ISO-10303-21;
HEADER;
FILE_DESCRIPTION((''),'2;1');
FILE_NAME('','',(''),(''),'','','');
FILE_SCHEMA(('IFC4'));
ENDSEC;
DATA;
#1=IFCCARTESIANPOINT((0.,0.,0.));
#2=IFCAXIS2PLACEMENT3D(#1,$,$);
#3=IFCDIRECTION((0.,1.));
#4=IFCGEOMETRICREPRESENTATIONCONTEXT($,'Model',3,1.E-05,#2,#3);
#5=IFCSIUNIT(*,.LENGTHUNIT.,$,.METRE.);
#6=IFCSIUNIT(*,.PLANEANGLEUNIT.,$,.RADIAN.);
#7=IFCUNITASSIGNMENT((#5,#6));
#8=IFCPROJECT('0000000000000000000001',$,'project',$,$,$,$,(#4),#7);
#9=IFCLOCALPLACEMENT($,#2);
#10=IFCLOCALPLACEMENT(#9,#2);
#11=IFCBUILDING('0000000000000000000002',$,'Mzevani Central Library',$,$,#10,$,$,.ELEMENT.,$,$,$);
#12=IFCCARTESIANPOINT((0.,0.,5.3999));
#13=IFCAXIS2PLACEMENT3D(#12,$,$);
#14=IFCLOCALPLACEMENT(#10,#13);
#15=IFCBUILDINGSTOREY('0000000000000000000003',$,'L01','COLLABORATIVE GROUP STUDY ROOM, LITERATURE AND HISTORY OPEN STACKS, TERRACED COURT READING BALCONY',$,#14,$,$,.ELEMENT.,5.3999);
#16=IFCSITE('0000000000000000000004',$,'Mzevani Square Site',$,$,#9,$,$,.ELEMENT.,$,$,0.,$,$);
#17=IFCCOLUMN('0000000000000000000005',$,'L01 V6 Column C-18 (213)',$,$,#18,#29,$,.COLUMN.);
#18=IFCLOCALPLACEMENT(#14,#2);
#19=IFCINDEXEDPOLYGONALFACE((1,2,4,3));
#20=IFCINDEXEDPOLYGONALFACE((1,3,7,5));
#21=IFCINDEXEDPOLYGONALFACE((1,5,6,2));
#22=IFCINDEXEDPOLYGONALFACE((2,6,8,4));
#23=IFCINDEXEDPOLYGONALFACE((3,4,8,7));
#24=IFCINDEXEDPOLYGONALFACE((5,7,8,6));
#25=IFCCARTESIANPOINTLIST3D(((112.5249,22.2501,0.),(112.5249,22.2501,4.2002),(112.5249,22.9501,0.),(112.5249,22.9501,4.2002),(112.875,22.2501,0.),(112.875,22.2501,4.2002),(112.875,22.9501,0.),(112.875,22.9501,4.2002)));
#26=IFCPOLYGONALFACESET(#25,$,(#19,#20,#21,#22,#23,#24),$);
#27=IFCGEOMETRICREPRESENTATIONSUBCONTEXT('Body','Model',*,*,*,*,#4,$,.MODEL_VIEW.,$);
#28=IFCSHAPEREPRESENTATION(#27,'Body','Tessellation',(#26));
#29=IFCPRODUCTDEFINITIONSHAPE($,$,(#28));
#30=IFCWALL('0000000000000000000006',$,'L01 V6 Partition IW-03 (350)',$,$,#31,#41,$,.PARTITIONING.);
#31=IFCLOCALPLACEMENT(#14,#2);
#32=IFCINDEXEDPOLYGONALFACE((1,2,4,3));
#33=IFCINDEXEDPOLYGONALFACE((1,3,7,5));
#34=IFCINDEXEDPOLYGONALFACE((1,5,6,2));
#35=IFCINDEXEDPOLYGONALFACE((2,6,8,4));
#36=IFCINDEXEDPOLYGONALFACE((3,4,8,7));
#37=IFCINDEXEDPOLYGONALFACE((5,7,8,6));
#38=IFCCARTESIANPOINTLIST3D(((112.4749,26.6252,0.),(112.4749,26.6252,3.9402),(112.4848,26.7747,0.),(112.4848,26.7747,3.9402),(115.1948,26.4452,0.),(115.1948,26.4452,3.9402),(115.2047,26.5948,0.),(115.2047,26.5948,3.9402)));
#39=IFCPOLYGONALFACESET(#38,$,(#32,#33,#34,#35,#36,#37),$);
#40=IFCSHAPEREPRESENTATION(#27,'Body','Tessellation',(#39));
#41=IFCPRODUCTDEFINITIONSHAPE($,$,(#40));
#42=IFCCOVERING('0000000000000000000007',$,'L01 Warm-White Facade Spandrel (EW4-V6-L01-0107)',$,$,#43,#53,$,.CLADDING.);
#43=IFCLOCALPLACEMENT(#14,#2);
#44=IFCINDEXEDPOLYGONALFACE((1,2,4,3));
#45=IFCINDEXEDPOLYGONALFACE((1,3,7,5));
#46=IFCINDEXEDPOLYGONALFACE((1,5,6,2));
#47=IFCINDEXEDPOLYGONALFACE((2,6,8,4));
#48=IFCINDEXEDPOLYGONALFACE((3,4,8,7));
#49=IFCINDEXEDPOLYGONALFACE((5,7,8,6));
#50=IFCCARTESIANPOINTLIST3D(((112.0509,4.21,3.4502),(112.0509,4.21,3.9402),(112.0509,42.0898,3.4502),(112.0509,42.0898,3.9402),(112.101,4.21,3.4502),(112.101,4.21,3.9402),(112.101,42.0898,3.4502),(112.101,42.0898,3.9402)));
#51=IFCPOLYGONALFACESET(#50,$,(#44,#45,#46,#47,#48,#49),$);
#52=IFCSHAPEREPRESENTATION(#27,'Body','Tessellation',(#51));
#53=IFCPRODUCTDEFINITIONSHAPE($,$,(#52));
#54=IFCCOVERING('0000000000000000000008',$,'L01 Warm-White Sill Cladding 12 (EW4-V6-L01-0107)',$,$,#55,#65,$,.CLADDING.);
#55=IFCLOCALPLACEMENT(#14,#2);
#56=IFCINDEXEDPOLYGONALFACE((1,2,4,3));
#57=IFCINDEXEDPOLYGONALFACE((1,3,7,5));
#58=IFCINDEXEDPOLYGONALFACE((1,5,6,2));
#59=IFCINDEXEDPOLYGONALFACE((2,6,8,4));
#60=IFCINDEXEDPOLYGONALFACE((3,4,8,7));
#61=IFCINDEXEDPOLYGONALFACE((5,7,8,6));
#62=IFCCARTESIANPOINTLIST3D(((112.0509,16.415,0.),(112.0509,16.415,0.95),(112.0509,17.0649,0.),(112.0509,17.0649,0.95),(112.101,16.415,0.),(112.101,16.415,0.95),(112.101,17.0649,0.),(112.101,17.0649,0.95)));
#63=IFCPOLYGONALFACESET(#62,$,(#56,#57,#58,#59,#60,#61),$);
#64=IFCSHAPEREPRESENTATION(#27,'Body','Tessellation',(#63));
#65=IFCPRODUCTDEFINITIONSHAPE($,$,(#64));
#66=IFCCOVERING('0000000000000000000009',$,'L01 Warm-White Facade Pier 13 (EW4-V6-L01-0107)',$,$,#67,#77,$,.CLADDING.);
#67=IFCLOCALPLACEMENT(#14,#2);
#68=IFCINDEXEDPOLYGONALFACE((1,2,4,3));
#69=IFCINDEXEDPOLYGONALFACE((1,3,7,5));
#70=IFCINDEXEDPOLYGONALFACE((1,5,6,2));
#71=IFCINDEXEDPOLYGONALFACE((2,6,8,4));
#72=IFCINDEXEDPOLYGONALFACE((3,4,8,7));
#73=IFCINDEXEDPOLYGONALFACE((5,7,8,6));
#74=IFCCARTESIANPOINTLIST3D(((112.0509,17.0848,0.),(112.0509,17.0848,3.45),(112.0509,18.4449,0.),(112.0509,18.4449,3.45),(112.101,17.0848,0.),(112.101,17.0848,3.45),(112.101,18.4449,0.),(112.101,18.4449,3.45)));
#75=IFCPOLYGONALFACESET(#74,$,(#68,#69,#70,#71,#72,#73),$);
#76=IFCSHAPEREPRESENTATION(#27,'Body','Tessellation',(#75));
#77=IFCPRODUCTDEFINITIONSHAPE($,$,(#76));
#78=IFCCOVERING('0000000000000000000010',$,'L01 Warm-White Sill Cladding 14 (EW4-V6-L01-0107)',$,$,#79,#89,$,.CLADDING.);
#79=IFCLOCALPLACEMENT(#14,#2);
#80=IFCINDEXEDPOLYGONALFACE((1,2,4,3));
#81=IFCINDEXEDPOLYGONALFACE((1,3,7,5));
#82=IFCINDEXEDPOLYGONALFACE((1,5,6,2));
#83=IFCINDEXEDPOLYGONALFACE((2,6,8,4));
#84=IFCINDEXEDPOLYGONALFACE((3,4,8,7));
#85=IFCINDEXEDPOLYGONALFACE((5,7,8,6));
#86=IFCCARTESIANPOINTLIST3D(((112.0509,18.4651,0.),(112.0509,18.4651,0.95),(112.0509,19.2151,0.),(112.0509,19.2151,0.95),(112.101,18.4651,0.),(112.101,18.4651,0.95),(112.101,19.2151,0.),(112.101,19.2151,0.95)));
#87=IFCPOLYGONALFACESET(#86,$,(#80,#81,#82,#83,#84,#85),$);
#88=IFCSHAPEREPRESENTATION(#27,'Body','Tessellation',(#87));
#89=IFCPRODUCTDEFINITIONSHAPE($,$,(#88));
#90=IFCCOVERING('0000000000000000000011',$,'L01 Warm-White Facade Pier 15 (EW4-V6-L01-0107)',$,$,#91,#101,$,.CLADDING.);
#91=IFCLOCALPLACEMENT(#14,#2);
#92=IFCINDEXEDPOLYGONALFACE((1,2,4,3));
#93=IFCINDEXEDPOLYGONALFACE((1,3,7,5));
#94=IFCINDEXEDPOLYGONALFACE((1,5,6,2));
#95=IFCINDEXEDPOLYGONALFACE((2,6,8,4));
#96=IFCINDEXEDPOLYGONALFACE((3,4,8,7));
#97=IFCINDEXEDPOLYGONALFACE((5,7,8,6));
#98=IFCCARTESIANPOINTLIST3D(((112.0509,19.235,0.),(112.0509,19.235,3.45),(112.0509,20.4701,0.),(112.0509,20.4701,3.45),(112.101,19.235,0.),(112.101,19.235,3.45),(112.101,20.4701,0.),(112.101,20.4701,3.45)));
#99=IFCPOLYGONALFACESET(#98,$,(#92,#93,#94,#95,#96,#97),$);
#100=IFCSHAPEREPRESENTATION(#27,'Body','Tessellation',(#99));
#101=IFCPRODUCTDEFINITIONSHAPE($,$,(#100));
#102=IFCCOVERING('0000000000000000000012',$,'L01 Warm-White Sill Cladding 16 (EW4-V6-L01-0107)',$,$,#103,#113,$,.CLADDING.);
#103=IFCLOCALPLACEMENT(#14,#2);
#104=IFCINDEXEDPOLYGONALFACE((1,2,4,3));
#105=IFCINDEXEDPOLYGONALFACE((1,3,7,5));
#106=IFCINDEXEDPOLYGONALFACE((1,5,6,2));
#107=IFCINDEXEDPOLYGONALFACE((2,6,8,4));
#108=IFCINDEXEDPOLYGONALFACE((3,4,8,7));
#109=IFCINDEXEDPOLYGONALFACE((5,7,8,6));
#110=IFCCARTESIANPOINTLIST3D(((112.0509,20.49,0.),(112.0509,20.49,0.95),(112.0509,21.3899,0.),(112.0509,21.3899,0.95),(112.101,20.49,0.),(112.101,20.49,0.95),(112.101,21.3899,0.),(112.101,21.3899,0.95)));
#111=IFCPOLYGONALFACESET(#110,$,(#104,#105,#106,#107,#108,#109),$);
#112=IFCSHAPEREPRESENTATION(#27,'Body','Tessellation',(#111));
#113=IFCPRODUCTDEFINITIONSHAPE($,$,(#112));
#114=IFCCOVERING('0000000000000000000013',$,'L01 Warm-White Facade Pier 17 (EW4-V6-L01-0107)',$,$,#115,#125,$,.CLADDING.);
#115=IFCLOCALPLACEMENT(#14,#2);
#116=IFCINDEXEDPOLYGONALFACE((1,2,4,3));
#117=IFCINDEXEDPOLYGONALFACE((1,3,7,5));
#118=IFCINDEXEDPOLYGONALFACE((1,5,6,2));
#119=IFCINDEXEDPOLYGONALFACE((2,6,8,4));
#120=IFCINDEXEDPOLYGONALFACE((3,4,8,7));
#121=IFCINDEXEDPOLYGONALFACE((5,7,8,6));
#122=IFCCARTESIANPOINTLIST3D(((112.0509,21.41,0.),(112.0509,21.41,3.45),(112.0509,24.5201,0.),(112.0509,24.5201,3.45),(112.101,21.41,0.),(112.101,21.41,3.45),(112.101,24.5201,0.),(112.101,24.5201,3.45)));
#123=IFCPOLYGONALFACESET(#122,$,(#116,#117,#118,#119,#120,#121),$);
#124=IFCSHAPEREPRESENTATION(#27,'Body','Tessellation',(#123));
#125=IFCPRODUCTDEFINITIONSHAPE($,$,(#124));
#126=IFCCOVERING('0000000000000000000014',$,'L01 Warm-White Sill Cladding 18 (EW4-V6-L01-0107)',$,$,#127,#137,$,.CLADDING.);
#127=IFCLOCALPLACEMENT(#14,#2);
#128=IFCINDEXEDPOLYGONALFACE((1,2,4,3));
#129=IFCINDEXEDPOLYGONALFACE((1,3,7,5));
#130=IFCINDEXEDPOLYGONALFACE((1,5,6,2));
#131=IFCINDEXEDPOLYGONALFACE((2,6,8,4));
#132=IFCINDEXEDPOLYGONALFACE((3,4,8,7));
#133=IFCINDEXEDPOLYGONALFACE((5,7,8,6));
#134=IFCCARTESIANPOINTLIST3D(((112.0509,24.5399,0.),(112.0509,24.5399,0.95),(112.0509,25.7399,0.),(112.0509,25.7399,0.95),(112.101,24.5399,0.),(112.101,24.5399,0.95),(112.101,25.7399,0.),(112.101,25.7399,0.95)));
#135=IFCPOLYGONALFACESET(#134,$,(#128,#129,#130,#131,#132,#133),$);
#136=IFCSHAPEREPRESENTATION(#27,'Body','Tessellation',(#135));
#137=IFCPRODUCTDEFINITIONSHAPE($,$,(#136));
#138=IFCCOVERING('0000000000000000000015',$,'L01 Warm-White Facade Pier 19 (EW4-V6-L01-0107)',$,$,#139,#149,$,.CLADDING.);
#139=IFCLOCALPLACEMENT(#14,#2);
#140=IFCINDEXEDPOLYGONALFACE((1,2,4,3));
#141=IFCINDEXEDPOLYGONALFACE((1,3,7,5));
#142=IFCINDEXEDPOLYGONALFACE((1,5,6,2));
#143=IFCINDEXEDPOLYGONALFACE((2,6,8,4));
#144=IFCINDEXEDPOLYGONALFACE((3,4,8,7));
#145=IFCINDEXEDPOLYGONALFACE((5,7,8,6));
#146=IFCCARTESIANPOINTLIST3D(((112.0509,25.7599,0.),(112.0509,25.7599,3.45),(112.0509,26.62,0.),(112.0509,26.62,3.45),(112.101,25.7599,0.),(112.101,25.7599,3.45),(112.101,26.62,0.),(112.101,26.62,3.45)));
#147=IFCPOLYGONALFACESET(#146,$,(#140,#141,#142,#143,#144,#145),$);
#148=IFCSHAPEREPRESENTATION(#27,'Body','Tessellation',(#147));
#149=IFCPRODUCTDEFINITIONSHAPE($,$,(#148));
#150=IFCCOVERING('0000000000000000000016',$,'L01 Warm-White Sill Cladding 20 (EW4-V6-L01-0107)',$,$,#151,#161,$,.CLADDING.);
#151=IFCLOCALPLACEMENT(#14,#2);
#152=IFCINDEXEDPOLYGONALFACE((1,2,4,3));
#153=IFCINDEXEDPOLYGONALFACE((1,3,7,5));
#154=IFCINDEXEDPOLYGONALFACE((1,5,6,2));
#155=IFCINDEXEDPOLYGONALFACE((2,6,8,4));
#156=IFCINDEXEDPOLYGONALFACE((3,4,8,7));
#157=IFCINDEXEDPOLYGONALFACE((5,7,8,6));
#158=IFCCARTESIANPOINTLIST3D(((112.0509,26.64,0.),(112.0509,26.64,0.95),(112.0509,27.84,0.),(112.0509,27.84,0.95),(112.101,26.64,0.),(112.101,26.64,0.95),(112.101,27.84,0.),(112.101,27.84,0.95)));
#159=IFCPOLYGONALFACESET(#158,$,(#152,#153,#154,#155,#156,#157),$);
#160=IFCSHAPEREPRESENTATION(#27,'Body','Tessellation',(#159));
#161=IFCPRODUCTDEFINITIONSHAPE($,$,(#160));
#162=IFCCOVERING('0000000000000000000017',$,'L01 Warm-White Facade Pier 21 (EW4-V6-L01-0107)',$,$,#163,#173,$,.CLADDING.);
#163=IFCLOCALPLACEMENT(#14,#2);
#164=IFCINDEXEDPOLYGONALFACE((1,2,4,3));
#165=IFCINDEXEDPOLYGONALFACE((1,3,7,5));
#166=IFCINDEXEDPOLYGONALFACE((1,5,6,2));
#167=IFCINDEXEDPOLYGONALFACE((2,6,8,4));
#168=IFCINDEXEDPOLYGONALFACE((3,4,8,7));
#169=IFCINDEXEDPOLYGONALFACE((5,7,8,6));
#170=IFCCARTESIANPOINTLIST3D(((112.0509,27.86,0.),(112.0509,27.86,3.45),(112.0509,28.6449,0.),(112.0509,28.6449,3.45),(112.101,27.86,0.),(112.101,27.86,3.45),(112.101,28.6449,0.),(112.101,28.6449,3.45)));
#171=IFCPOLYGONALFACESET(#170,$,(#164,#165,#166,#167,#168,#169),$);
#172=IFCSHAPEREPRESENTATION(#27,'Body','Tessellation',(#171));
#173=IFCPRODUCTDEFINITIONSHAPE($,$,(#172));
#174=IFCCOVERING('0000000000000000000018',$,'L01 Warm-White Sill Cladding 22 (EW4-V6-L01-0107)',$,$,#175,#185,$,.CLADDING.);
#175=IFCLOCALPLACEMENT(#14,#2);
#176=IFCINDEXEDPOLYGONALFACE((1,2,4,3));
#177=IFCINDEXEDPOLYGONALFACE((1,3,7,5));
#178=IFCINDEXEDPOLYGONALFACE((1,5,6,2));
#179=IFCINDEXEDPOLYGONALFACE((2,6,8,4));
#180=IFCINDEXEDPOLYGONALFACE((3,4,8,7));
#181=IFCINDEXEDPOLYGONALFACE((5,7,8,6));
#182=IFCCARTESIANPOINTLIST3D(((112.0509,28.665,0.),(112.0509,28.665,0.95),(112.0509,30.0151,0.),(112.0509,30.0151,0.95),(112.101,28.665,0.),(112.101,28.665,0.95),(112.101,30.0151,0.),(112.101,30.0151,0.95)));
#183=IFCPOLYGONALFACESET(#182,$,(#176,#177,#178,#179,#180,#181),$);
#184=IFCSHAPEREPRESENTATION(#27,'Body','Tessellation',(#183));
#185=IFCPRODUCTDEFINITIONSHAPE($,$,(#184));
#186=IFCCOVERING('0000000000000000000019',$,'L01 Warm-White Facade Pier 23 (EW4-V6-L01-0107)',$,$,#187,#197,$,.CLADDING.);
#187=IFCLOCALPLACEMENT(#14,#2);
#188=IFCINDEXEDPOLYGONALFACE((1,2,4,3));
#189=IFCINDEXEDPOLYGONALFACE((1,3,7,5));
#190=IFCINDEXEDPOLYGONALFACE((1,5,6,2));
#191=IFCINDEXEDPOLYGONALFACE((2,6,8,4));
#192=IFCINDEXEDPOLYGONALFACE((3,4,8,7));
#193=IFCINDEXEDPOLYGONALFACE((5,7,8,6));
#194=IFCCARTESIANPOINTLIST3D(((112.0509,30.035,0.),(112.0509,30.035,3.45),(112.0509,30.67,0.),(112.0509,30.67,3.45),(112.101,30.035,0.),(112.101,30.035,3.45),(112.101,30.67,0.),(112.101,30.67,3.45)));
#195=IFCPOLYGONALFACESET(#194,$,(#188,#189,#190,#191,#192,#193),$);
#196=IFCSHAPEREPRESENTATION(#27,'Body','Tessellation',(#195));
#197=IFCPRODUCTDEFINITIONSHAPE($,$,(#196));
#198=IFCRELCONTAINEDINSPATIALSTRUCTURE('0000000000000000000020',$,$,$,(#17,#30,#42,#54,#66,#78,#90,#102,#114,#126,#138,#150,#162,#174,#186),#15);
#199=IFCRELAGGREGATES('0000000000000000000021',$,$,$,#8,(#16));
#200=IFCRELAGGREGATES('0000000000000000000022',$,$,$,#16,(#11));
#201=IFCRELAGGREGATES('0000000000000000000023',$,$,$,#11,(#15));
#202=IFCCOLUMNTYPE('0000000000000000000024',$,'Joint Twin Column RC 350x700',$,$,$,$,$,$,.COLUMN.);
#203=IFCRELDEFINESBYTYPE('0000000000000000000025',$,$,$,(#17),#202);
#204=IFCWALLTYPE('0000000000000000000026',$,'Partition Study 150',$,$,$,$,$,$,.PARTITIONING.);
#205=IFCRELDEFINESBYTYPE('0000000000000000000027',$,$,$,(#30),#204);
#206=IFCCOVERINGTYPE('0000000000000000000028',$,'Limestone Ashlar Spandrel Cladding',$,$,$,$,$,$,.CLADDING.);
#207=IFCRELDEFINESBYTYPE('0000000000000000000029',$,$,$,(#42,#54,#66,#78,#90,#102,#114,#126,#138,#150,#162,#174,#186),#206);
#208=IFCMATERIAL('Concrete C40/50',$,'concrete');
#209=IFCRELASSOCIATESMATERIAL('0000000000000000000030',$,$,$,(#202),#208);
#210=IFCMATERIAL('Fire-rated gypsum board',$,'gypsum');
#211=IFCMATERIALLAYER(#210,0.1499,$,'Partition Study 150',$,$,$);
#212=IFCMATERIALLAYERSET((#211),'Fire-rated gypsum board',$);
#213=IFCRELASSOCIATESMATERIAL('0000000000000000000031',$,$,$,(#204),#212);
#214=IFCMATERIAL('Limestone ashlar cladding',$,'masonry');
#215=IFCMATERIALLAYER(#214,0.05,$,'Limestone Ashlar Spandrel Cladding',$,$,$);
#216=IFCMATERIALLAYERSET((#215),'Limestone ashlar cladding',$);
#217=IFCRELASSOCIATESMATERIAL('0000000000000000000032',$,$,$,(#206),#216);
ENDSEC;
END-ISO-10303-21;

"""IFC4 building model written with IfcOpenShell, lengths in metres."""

from ifc_helpers import new_model, si_unit, direction, frame, frame_2d, origin, origin_2d, place, context, subcontext, project, spatial, rectangle, extrude, material, layer, layer_set, material_profile, profile_set, type_object, element, save


model = new_model("IFC4")

# Units and contexts
model_context = context("Model", 3, precision=1e-05, world=origin(), true_north=direction((0.0, 1.0)))
body_context = subcontext(model_context, "Body", "Model", "MODEL_VIEW")
ifc_project = project(units=[si_unit("LENGTHUNIT", "METRE"), si_unit("PLANEANGLEUNIT", "RADIAN")], contexts=[model_context])

# Site, building, storey
site_placement = place(None, origin())
site = spatial("IfcSite", under=ifc_project, at=site_placement, Name="Mzevani Square Site", CompositionType="ELEMENT", RefElevation=0.0)
building_placement = place(site_placement, origin())
building = spatial("IfcBuilding", under=site, at=building_placement, Name="Mzevani Central Library", CompositionType="ELEMENT")
storey_placement = place(building_placement, frame((0.0, 0.0, 5.3999)))
storey = spatial("IfcBuildingStorey", under=building, at=storey_placement, Name="L01", Description="COLLABORATIVE GROUP STUDY ROOM, LITERATURE AND HISTORY OPEN STACKS, TERRACED COURT READING BALCONY", CompositionType="ELEMENT", Elevation=5.3999)

# Column
ifc_material_1 = material(Name="Concrete C40/50", Category="concrete")
ifc_material_profile = material_profile(ifc_material_1, rectangle(XDim=0.3501, YDim=0.7, at=origin_2d()), Name="RC 350x700")
ifc_profile_set = profile_set([ifc_material_profile], Name="Concrete C40/50")
column_type = type_object("IfcColumnType", Name="Joint Twin Column RC 350x700", PredefinedType="COLUMN", material=ifc_profile_set)
column_placement = place(storey_placement, frame((112.7, 22.6001, 0.0), z_axis=(0.0, 0.0, 1.0), x_axis=(1.0, 0.0, 0.0)))
element("IfcColumn", 1, at=column_placement, inside=storey, type_object=column_type, Name="L01 V6 Column C-18 (213)", PredefinedType="COLUMN", context=body_context, shape_type="SweptSolid", body=[
    extrude(rectangle(XDim=0.3501, YDim=0.7, at=origin_2d()), origin(), (0.0, 0.0, 1.0), 4.2002),
])

# Wall
ifc_material_2 = material(Name="Fire-rated gypsum board", Category="gypsum")
ifc_layer_1 = layer(ifc_material_2, 0.1499, Name="Partition Study 150")
ifc_layer_set_1 = layer_set([ifc_layer_1], Name="Fire-rated gypsum board")
wall_type = type_object("IfcWallType", Name="Partition Study 150", PredefinedType="PARTITIONING", material=ifc_layer_set_1)
wall_placement = place(storey_placement, frame((112.48, 26.7, 0.0), z_axis=(0.0, 0.0, 1.0), x_axis=(0.997819, -0.066008, 0.0)))
element("IfcWall", 2, at=wall_placement, inside=storey, type_object=wall_type, Name="L01 V6 Partition IW-03 (350)", PredefinedType="PARTITIONING", context=body_context, shape_type="SweptSolid", body=[
    extrude(rectangle(XDim=2.7258, YDim=0.1499, at=frame_2d((1.3628, 0.0))), origin(), (0.0, 0.0, 1.0), 3.9402),
])

# Coverings
ifc_material_3 = material(Name="Limestone ashlar cladding", Category="masonry")
ifc_layer_2 = layer(ifc_material_3, 0.05, Name="Limestone Ashlar Spandrel Cladding")
ifc_layer_set_2 = layer_set([ifc_layer_2], Name="Limestone ashlar cladding")
covering_type = type_object("IfcCoveringType", Name="Limestone Ashlar Spandrel Cladding", PredefinedType="CLADDING", material=ifc_layer_set_2)
covering_1_placement = place(storey_placement, frame((112.0759, 23.1499, 3.4502), z_axis=(0.0, 0.0, 1.0), x_axis=(0.0, 1.0, 0.0)))
element("IfcCovering", 3, at=covering_1_placement, inside=storey, type_object=covering_type, Name="L01 Warm-White Facade Spandrel (EW4-V6-L01-0107)", PredefinedType="CLADDING", context=body_context, shape_type="SweptSolid", body=[
    extrude(rectangle(XDim=37.8799, YDim=0.05, at=origin_2d()), origin(), (0.0, 0.0, 1.0), 0.49),
])
covering_2_placement = place(storey_placement, frame((112.0759, 16.74, 0.0), z_axis=(0.0, 0.0, 1.0), x_axis=(0.0, 1.0, 0.0)))
element("IfcCovering", 4, at=covering_2_placement, inside=storey, type_object=covering_type, Name="L01 Warm-White Sill Cladding 12 (EW4-V6-L01-0107)", PredefinedType="CLADDING", context=body_context, shape_type="SweptSolid", body=[
    extrude(rectangle(XDim=0.6499, YDim=0.05, at=origin_2d()), origin(), (0.0, 0.0, 1.0), 0.95),
])
covering_3_placement = place(storey_placement, frame((112.0759, 17.7649, 0.0), z_axis=(0.0, 0.0, 1.0), x_axis=(0.0, 1.0, 0.0)))
element("IfcCovering", 5, at=covering_3_placement, inside=storey, type_object=covering_type, Name="L01 Warm-White Facade Pier 13 (EW4-V6-L01-0107)", PredefinedType="CLADDING", context=body_context, shape_type="SweptSolid", body=[
    extrude(rectangle(XDim=1.3601, YDim=0.05, at=origin_2d()), origin(), (0.0, 0.0, 1.0), 3.45),
])
covering_4_placement = place(storey_placement, frame((112.0759, 18.8401, 0.0), z_axis=(0.0, 0.0, 1.0), x_axis=(0.0, 1.0, 0.0)))
element("IfcCovering", 6, at=covering_4_placement, inside=storey, type_object=covering_type, Name="L01 Warm-White Sill Cladding 14 (EW4-V6-L01-0107)", PredefinedType="CLADDING", context=body_context, shape_type="SweptSolid", body=[
    extrude(rectangle(XDim=0.75, YDim=0.05, at=origin_2d()), origin(), (0.0, 0.0, 1.0), 0.95),
])
covering_5_placement = place(storey_placement, frame((112.0759, 19.8525, 0.0), z_axis=(0.0, 0.0, 1.0), x_axis=(0.0, 1.0, 0.0)))
element("IfcCovering", 7, at=covering_5_placement, inside=storey, type_object=covering_type, Name="L01 Warm-White Facade Pier 15 (EW4-V6-L01-0107)", PredefinedType="CLADDING", context=body_context, shape_type="SweptSolid", body=[
    extrude(rectangle(XDim=1.2351, YDim=0.05, at=origin_2d()), origin(), (0.0, 0.0, 1.0), 3.45),
])
covering_6_placement = place(storey_placement, frame((112.0759, 20.9399, 0.0), z_axis=(0.0, 0.0, 1.0), x_axis=(0.0, 1.0, 0.0)))
element("IfcCovering", 8, at=covering_6_placement, inside=storey, type_object=covering_type, Name="L01 Warm-White Sill Cladding 16 (EW4-V6-L01-0107)", PredefinedType="CLADDING", context=body_context, shape_type="SweptSolid", body=[
    extrude(rectangle(XDim=0.8999, YDim=0.05, at=origin_2d()), origin(), (0.0, 0.0, 1.0), 0.95),
])
covering_7_placement = place(storey_placement, frame((112.0759, 22.9651, 0.0), z_axis=(0.0, 0.0, 1.0), x_axis=(0.0, 1.0, 0.0)))
element("IfcCovering", 9, at=covering_7_placement, inside=storey, type_object=covering_type, Name="L01 Warm-White Facade Pier 17 (EW4-V6-L01-0107)", PredefinedType="CLADDING", context=body_context, shape_type="SweptSolid", body=[
    extrude(rectangle(XDim=3.1101, YDim=0.05, at=origin_2d()), origin(), (0.0, 0.0, 1.0), 3.45),
])
covering_8_placement = place(storey_placement, frame((112.0759, 25.1399, 0.0), z_axis=(0.0, 0.0, 1.0), x_axis=(0.0, 1.0, 0.0)))
element("IfcCovering", 10, at=covering_8_placement, inside=storey, type_object=covering_type, Name="L01 Warm-White Sill Cladding 18 (EW4-V6-L01-0107)", PredefinedType="CLADDING", context=body_context, shape_type="SweptSolid", body=[
    extrude(rectangle(XDim=1.2, YDim=0.05, at=origin_2d()), origin(), (0.0, 0.0, 1.0), 0.95),
])
covering_9_placement = place(storey_placement, frame((112.0759, 26.1899, 0.0), z_axis=(0.0, 0.0, 1.0), x_axis=(0.0, 1.0, 0.0)))
element("IfcCovering", 11, at=covering_9_placement, inside=storey, type_object=covering_type, Name="L01 Warm-White Facade Pier 19 (EW4-V6-L01-0107)", PredefinedType="CLADDING", context=body_context, shape_type="SweptSolid", body=[
    extrude(rectangle(XDim=0.8601, YDim=0.05, at=origin_2d()), origin(), (0.0, 0.0, 1.0), 3.45),
])
covering_10_placement = place(storey_placement, frame((112.0759, 27.24, 0.0), z_axis=(0.0, 0.0, 1.0), x_axis=(0.0, 1.0, 0.0)))
element("IfcCovering", 12, at=covering_10_placement, inside=storey, type_object=covering_type, Name="L01 Warm-White Sill Cladding 20 (EW4-V6-L01-0107)", PredefinedType="CLADDING", context=body_context, shape_type="SweptSolid", body=[
    extrude(rectangle(XDim=1.2, YDim=0.05, at=origin_2d()), origin(), (0.0, 0.0, 1.0), 0.95),
])
covering_11_placement = place(storey_placement, frame((112.0759, 28.2524, 0.0), z_axis=(0.0, 0.0, 1.0), x_axis=(0.0, 1.0, 0.0)))
element("IfcCovering", 13, at=covering_11_placement, inside=storey, type_object=covering_type, Name="L01 Warm-White Facade Pier 21 (EW4-V6-L01-0107)", PredefinedType="CLADDING", context=body_context, shape_type="SweptSolid", body=[
    extrude(rectangle(XDim=0.7849, YDim=0.05, at=origin_2d()), origin(), (0.0, 0.0, 1.0), 3.45),
])
covering_12_placement = place(storey_placement, frame((112.0759, 29.3401, 0.0), z_axis=(0.0, 0.0, 1.0), x_axis=(0.0, 1.0, 0.0)))
element("IfcCovering", 14, at=covering_12_placement, inside=storey, type_object=covering_type, Name="L01 Warm-White Sill Cladding 22 (EW4-V6-L01-0107)", PredefinedType="CLADDING", context=body_context, shape_type="SweptSolid", body=[
    extrude(rectangle(XDim=1.3501, YDim=0.05, at=origin_2d()), origin(), (0.0, 0.0, 1.0), 0.95),
])
covering_13_placement = place(storey_placement, frame((112.0759, 30.3525, 0.0), z_axis=(0.0, 0.0, 1.0), x_axis=(0.0, 1.0, 0.0)))
element("IfcCovering", 15, at=covering_13_placement, inside=storey, type_object=covering_type, Name="L01 Warm-White Facade Pier 23 (EW4-V6-L01-0107)", PredefinedType="CLADDING", context=body_context, shape_type="SweptSolid", body=[
    extrude(rectangle(XDim=0.635, YDim=0.05, at=origin_2d()), origin(), (0.0, 0.0, 1.0), 3.45),
])

save(model, "model.ifc")
